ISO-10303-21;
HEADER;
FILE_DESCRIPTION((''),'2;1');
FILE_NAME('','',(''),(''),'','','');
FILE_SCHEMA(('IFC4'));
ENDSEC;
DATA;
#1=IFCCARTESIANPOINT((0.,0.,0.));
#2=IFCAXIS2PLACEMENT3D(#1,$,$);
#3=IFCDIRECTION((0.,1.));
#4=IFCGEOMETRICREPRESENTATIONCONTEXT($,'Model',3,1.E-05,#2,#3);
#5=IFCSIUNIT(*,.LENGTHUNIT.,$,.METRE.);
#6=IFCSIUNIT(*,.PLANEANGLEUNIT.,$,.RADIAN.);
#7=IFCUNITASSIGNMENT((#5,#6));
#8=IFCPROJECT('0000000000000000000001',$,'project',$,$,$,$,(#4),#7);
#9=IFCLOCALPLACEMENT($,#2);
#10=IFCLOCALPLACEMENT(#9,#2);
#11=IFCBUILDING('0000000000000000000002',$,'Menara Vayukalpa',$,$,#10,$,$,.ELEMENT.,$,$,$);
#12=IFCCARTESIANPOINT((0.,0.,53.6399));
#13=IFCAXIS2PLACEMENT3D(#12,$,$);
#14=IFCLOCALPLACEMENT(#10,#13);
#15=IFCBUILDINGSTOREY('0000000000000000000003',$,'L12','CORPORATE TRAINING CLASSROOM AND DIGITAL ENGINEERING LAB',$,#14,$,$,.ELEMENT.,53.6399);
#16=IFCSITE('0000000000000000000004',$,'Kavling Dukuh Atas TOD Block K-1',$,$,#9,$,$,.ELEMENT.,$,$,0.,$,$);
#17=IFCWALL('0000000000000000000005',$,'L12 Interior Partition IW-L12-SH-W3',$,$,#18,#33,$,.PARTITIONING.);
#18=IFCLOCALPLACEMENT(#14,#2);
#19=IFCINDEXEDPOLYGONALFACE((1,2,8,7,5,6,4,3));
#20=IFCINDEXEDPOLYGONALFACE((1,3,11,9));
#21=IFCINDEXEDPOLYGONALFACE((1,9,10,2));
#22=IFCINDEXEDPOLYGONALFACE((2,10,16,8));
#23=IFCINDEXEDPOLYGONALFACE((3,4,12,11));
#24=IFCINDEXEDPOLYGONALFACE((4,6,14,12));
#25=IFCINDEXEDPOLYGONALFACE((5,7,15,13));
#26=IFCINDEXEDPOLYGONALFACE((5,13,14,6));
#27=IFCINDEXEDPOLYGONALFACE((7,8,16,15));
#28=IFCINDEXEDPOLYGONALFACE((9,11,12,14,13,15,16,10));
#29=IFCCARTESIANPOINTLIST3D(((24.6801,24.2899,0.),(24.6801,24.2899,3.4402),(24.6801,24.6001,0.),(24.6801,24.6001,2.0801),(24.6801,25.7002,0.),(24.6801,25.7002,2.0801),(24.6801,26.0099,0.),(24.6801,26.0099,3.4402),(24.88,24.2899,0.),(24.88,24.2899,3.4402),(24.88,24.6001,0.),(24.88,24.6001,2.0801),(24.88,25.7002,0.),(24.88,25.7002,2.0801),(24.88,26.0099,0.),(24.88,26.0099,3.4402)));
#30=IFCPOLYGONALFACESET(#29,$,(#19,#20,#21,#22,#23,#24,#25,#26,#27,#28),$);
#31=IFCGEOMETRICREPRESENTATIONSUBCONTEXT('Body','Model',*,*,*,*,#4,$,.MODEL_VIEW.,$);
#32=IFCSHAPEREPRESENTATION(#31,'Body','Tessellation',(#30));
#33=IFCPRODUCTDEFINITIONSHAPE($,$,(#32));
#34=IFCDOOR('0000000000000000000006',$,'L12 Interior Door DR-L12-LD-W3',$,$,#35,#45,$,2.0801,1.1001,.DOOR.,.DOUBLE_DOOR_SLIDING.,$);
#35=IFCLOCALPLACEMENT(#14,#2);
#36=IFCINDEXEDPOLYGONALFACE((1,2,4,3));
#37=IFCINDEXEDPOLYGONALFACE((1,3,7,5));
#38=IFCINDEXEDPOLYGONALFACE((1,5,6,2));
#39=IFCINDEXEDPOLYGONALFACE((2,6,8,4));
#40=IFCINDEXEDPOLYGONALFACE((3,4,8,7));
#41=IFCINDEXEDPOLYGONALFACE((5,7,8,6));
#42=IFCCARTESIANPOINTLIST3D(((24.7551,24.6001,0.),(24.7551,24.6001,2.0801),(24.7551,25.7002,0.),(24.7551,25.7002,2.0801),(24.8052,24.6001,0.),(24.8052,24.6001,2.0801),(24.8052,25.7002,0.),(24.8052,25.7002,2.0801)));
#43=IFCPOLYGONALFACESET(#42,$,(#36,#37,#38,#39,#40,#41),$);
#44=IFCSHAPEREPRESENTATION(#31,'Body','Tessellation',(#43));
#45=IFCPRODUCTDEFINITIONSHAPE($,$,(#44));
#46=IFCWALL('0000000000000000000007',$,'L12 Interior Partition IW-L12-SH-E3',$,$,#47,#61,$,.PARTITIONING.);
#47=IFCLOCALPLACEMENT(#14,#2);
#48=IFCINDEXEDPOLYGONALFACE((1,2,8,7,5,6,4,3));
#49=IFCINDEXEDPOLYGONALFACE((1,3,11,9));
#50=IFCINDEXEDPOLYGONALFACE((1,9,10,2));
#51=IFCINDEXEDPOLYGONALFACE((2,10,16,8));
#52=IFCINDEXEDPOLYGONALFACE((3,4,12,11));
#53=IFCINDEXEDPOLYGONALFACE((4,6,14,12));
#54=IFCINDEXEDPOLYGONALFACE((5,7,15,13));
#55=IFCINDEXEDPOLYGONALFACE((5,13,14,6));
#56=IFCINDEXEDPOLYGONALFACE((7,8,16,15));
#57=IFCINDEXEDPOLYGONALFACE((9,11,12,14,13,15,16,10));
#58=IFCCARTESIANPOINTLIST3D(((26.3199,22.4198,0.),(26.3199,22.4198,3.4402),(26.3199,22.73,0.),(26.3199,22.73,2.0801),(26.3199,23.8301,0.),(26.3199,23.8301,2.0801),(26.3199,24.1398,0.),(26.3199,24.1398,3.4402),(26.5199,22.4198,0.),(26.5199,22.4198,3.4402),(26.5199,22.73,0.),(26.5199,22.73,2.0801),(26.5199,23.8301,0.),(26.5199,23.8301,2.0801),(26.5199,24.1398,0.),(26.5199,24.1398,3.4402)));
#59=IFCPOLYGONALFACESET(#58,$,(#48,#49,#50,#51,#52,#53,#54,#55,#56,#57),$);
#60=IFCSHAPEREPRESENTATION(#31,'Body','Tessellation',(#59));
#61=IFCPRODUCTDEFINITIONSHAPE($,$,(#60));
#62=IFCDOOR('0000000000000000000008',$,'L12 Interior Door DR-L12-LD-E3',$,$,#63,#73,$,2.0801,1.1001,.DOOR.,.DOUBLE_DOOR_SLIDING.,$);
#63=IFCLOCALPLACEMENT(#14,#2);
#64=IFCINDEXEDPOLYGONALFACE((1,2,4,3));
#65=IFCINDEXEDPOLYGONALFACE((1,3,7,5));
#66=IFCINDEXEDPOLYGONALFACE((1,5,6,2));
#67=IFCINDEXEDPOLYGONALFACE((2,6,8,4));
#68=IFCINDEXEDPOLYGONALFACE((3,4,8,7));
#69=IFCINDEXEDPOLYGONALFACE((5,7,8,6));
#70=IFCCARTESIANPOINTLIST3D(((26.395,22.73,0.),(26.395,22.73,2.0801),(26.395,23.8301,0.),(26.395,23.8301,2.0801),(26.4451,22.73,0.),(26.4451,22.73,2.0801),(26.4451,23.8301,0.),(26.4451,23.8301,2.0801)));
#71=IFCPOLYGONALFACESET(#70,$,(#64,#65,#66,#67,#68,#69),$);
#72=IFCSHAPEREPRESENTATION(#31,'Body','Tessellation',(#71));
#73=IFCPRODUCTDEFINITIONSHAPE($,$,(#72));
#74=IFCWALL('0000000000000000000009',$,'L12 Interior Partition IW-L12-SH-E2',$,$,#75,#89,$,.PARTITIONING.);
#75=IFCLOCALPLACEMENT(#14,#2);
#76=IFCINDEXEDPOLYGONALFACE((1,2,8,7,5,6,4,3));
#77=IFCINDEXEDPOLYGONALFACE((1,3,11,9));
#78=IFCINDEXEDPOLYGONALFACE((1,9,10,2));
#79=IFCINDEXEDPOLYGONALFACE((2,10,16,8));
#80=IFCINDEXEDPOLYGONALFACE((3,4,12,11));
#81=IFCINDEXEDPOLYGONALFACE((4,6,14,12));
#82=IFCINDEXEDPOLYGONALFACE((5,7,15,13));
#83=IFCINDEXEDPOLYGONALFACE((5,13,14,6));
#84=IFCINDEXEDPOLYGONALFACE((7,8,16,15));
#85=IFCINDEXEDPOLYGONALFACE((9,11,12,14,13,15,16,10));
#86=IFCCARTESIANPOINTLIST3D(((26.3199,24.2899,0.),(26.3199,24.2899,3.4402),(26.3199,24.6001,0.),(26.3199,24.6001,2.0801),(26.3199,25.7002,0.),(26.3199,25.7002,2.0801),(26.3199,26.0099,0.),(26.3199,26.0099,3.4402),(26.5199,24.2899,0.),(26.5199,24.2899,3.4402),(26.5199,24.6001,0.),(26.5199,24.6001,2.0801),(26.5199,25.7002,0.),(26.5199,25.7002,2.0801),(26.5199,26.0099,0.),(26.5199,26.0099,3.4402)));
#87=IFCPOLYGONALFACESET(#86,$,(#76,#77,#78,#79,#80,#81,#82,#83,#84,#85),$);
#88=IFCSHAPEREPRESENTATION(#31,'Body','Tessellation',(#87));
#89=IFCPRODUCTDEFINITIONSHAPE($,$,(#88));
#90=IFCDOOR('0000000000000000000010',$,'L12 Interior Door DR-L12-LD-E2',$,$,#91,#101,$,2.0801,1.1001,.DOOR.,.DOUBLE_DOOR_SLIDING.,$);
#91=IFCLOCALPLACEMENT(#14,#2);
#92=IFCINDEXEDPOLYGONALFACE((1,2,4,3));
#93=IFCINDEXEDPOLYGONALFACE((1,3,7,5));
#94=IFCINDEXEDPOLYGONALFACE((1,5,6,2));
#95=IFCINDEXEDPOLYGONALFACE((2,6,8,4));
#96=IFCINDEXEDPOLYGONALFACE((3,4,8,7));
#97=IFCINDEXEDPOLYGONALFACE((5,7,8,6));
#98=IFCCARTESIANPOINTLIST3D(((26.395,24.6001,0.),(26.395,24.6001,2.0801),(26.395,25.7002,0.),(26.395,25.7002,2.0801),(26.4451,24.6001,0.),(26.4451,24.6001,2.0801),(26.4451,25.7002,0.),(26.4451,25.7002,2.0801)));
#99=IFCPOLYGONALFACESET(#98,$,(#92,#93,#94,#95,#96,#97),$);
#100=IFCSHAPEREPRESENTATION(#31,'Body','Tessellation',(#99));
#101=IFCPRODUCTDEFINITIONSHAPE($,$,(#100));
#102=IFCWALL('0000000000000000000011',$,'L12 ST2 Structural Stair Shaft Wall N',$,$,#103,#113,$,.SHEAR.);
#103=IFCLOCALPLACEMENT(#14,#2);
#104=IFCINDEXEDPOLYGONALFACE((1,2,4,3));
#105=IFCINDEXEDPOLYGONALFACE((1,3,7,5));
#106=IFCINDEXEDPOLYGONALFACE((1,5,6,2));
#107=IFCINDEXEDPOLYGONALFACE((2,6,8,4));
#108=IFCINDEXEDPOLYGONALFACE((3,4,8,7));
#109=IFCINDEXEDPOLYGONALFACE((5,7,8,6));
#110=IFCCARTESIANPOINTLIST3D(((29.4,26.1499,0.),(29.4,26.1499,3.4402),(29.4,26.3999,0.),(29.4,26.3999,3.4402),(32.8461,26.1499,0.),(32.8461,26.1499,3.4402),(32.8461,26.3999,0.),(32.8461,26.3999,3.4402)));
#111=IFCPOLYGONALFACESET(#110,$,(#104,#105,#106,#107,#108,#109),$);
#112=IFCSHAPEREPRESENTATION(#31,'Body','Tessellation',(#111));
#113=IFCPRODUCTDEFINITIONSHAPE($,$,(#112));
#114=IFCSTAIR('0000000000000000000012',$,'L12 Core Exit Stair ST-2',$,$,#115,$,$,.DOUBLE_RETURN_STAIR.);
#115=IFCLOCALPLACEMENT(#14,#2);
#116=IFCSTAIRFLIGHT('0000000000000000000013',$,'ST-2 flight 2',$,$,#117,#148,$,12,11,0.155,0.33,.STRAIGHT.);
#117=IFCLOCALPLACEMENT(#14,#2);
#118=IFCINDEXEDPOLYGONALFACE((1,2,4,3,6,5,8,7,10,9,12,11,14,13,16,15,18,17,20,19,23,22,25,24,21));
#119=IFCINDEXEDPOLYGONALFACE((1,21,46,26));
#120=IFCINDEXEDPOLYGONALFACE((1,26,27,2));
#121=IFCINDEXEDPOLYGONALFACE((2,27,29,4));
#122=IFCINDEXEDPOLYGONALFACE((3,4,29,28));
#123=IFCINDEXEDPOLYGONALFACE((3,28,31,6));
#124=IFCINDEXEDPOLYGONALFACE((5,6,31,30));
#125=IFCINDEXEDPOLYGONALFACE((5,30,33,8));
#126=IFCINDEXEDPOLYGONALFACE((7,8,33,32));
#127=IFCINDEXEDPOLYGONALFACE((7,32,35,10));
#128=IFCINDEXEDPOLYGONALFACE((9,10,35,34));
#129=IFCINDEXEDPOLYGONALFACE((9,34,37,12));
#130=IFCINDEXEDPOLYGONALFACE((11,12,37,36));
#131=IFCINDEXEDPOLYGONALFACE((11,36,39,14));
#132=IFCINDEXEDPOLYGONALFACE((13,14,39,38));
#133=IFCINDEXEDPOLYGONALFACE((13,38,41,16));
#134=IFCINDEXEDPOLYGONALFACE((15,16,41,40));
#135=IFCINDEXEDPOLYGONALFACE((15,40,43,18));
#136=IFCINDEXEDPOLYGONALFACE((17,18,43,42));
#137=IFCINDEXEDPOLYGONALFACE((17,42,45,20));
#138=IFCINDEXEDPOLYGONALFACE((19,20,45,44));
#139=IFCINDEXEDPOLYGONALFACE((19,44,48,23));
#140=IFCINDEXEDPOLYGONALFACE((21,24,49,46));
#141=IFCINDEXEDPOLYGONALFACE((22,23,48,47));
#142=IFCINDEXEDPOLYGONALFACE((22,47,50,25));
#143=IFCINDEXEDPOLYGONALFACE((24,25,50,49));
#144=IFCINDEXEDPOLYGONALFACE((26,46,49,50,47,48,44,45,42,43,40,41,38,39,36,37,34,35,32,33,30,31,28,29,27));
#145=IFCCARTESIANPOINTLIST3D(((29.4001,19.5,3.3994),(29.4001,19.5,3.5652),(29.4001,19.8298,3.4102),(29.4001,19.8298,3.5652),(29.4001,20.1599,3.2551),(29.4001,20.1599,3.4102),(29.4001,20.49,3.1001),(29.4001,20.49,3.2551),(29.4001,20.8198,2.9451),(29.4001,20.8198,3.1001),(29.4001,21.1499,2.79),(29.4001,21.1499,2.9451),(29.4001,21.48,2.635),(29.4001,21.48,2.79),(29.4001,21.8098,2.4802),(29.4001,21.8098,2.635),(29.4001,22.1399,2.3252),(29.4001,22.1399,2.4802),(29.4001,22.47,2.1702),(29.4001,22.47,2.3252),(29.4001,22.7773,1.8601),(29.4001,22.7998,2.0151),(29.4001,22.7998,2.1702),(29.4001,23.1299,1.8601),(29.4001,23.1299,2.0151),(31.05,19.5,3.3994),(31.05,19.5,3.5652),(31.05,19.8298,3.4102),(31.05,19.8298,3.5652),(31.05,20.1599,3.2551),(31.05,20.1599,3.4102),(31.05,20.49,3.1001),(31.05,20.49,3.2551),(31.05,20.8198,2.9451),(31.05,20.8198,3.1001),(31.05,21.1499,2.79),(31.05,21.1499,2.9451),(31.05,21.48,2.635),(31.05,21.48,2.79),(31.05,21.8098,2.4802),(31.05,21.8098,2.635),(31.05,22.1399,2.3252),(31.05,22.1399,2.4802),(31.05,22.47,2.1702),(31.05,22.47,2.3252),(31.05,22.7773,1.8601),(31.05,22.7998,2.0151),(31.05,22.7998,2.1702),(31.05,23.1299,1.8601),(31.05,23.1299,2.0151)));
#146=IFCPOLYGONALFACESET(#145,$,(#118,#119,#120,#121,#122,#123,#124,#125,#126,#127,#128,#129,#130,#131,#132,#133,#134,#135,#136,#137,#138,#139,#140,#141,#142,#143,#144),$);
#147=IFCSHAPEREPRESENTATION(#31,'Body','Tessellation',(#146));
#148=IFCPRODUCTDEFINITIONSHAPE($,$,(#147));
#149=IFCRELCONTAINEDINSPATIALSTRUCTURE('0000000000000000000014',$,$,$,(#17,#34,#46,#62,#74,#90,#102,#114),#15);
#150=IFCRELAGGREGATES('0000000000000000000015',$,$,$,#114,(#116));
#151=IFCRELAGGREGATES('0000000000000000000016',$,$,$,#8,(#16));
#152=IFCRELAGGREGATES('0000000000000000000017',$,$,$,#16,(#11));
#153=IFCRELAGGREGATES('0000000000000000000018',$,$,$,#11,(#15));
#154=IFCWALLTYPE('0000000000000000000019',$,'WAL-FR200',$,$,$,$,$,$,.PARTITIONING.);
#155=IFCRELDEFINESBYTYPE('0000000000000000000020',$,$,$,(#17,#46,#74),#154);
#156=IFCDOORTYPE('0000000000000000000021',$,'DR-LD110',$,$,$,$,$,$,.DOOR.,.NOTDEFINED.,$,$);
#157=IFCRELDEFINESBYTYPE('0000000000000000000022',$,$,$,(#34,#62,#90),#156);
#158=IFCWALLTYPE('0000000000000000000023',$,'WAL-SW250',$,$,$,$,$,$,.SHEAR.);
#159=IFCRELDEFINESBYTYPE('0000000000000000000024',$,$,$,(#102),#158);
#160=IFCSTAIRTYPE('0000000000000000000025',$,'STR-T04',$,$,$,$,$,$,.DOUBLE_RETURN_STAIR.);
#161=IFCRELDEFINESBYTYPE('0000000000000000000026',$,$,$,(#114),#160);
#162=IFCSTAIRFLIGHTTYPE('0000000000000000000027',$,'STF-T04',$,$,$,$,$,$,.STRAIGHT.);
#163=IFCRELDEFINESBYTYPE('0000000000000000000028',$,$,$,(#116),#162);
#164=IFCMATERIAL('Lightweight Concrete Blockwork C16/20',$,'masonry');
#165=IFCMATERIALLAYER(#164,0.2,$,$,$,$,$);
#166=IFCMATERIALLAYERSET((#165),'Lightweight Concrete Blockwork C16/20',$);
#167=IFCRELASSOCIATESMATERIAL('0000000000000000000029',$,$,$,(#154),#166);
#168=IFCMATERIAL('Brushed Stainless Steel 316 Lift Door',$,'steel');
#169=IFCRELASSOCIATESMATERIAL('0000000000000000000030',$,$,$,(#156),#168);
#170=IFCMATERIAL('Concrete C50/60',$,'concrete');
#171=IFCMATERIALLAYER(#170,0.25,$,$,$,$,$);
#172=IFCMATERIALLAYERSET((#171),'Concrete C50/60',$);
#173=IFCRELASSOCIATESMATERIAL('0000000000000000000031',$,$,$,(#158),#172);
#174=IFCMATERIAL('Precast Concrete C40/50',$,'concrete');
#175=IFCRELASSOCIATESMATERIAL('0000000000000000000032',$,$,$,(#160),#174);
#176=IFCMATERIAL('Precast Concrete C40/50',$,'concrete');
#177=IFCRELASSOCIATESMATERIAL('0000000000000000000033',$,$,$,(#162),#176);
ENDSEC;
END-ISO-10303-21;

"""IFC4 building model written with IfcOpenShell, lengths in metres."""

from ifc_helpers import new_model, si_unit, direction, frame, frame_2d, origin, place, context, subcontext, project, spatial, polyline, rectangle, outline, extrude, material, layer, layer_set, type_object, element, fill, aggregate, save


model = new_model("IFC4")

# Units and contexts
model_context = context("Model", 3, precision=1e-05, world=origin(), true_north=direction((0.0, 1.0)))
body_context = subcontext(model_context, "Body", "Model", "MODEL_VIEW")
ifc_project = project(units=[si_unit("LENGTHUNIT", "METRE"), si_unit("PLANEANGLEUNIT", "RADIAN")], contexts=[model_context])

# Site, building, storey
site_placement = place(None, origin())
site = spatial("IfcSite", under=ifc_project, at=site_placement, Name="Kavling Dukuh Atas TOD Block K-1", CompositionType="ELEMENT", RefElevation=0.0)
building_placement = place(site_placement, origin())
building = spatial("IfcBuilding", under=site, at=building_placement, Name="Menara Vayukalpa", CompositionType="ELEMENT")
storey_placement = place(building_placement, frame((0.0, 0.0, 53.6399)))
storey = spatial("IfcBuildingStorey", under=building, at=storey_placement, Name="L12", Description="CORPORATE TRAINING CLASSROOM AND DIGITAL ENGINEERING LAB", CompositionType="ELEMENT", Elevation=53.6399)

# Walls, openings, doors
ifc_material_1 = material(Name="Lightweight Concrete Blockwork C16/20", Category="masonry")
ifc_layer_1 = layer(ifc_material_1, 0.2)
ifc_layer_set_1 = layer_set([ifc_layer_1], Name="Lightweight Concrete Blockwork C16/20")
wall_type_1 = type_object("IfcWallType", Name="WAL-FR200", PredefinedType="PARTITIONING", material=ifc_layer_set_1)
ifc_material_2 = material(Name="Brushed Stainless Steel 316 Lift Door", Category="steel")
door_type = type_object("IfcDoorType", Name="DR-LD110", OperationType="NOTDEFINED", PredefinedType="DOOR", material=ifc_material_2)
wall_1_placement = place(storey_placement, frame((24.78, 24.29, 0.0), z_axis=(0.0, 0.0, 1.0), x_axis=(0.0, 1.0, 0.0)))
wall_1 = element("IfcWall", 1, at=wall_1_placement, inside=storey, type_object=wall_type_1, Name="L12 Interior Partition IW-L12-SH-W3", PredefinedType="PARTITIONING", context=body_context, shape_type="SweptSolid", body=[
    extrude(rectangle(XDim=1.72, YDim=0.2, at=frame_2d((0.8599, 0.0))), origin(), (0.0, 0.0, 1.0), 3.4402),
])
opening_1_placement = place(wall_1_placement, frame((0.3101, 0.0, 0.0)))
opening_1 = element("IfcOpeningElement", 2, at=opening_1_placement, cuts=wall_1, PredefinedType="OPENING", context=body_context, shape_type="SweptSolid", body=[
    extrude(rectangle(XDim=1.1001, YDim=2.0801, at=frame_2d((0.55, 1.04))), frame((0.0, 0.1099, 0.0), z_axis=(0.0, -1.0, 0.0), x_axis=(1.0, 0.0, 0.0)), (0.0, 0.0, 1.0), 0.22),
])
door_1_placement = place(opening_1_placement, origin())
door_1 = element("IfcDoor", 3, at=door_1_placement, inside=storey, type_object=door_type, Name="L12 Interior Door DR-L12-LD-W3", OperationType="DOUBLE_DOOR_SLIDING", OverallHeight=2.0801, OverallWidth=1.1001, PredefinedType="DOOR", context=body_context, shape_type="SweptSolid", body=[
    extrude(rectangle(XDim=1.1001, YDim=2.0801, at=frame_2d((0.55, 1.04))), frame((0.0, 0.0249, 0.0), z_axis=(0.0, -1.0, 0.0), x_axis=(1.0, 0.0, 0.0)), (0.0, 0.0, 1.0), 0.05),
])
fill(opening_1, door_1)
wall_2_placement = place(storey_placement, frame((26.4199, 22.4199, 0.0), z_axis=(0.0, 0.0, 1.0), x_axis=(0.0, 1.0, 0.0)))
wall_2 = element("IfcWall", 4, at=wall_2_placement, inside=storey, type_object=wall_type_1, Name="L12 Interior Partition IW-L12-SH-E3", PredefinedType="PARTITIONING", context=body_context, shape_type="SweptSolid", body=[
    extrude(rectangle(XDim=1.72, YDim=0.2, at=frame_2d((0.8599, 0.0))), origin(), (0.0, 0.0, 1.0), 3.4402),
])
opening_2_placement = place(wall_2_placement, frame((0.3101, 0.0, 0.0)))
opening_2 = element("IfcOpeningElement", 5, at=opening_2_placement, cuts=wall_2, PredefinedType="OPENING", context=body_context, shape_type="SweptSolid", body=[
    extrude(rectangle(XDim=1.1001, YDim=2.0801, at=frame_2d((0.55, 1.04))), frame((0.0, 0.1099, 0.0), z_axis=(0.0, -1.0, 0.0), x_axis=(1.0, 0.0, 0.0)), (0.0, 0.0, 1.0), 0.22),
])
door_2_placement = place(opening_2_placement, origin())
door_2 = element("IfcDoor", 6, at=door_2_placement, inside=storey, type_object=door_type, Name="L12 Interior Door DR-L12-LD-E3", OperationType="DOUBLE_DOOR_SLIDING", OverallHeight=2.0801, OverallWidth=1.1001, PredefinedType="DOOR", context=body_context, shape_type="SweptSolid", body=[
    extrude(rectangle(XDim=1.1001, YDim=2.0801, at=frame_2d((0.55, 1.04))), frame((0.0, 0.0249, 0.0), z_axis=(0.0, -1.0, 0.0), x_axis=(1.0, 0.0, 0.0)), (0.0, 0.0, 1.0), 0.05),
])
fill(opening_2, door_2)
wall_3_placement = place(storey_placement, frame((26.4199, 24.29, 0.0), z_axis=(0.0, 0.0, 1.0), x_axis=(0.0, 1.0, 0.0)))
wall_3 = element("IfcWall", 7, at=wall_3_placement, inside=storey, type_object=wall_type_1, Name="L12 Interior Partition IW-L12-SH-E2", PredefinedType="PARTITIONING", context=body_context, shape_type="SweptSolid", body=[
    extrude(rectangle(XDim=1.72, YDim=0.2, at=frame_2d((0.8599, 0.0))), origin(), (0.0, 0.0, 1.0), 3.4402),
])
opening_3_placement = place(wall_3_placement, frame((0.3101, 0.0, 0.0)))
opening_3 = element("IfcOpeningElement", 8, at=opening_3_placement, cuts=wall_3, PredefinedType="OPENING", context=body_context, shape_type="SweptSolid", body=[
    extrude(rectangle(XDim=1.1001, YDim=2.0801, at=frame_2d((0.55, 1.04))), frame((0.0, 0.1099, 0.0), z_axis=(0.0, -1.0, 0.0), x_axis=(1.0, 0.0, 0.0)), (0.0, 0.0, 1.0), 0.22),
])
door_3_placement = place(opening_3_placement, origin())
door_3 = element("IfcDoor", 9, at=door_3_placement, inside=storey, type_object=door_type, Name="L12 Interior Door DR-L12-LD-E2", OperationType="DOUBLE_DOOR_SLIDING", OverallHeight=2.0801, OverallWidth=1.1001, PredefinedType="DOOR", context=body_context, shape_type="SweptSolid", body=[
    extrude(rectangle(XDim=1.1001, YDim=2.0801, at=frame_2d((0.55, 1.04))), frame((0.0, 0.0249, 0.0), z_axis=(0.0, -1.0, 0.0), x_axis=(1.0, 0.0, 0.0)), (0.0, 0.0, 1.0), 0.05),
])
fill(opening_3, door_3)

# Wall
ifc_material_3 = material(Name="Concrete C50/60", Category="concrete")
ifc_layer_2 = layer(ifc_material_3, 0.25)
ifc_layer_set_2 = layer_set([ifc_layer_2], Name="Concrete C50/60")
wall_type_2 = type_object("IfcWallType", Name="WAL-SW250", PredefinedType="SHEAR", material=ifc_layer_set_2)
wall_4_placement = place(storey_placement, frame((29.3999, 26.2749, 0.0), z_axis=(0.0, 0.0, 1.0), x_axis=(1.0, 0.0, 0.0)))
element("IfcWall", 10, at=wall_4_placement, inside=storey, type_object=wall_type_2, Name="L12 ST2 Structural Stair Shaft Wall N", PredefinedType="SHEAR", context=body_context, shape_type="SweptSolid", body=[
    extrude(rectangle(XDim=3.446, YDim=0.25, at=frame_2d((1.7231, 0.0))), origin(), (0.0, 0.0, 1.0), 3.4402),
])

# Stair, stair flight
ifc_material_4 = material(Name="Precast Concrete C40/50", Category="concrete")
stair_type = type_object("IfcStairType", Name="STR-T04", PredefinedType="DOUBLE_RETURN_STAIR", material=ifc_material_4)
stair_placement = place(storey_placement, origin())
stair = element("IfcStair", 11, at=stair_placement, inside=storey, type_object=stair_type, Name="L12 Core Exit Stair ST-2", PredefinedType="DOUBLE_RETURN_STAIR")
ifc_material_5 = material(Name="Precast Concrete C40/50", Category="concrete")
stair_flight_type = type_object("IfcStairFlightType", Name="STF-T04", PredefinedType="STRAIGHT", material=ifc_material_5)
stair_flight_placement = place(storey_placement, frame((30.2251, 23.1299, 1.8601), z_axis=(0.0, 0.0, 1.0), x_axis=(0.0, -1.0, 0.0)))
stair_flight = element("IfcStairFlight", 12, at=stair_flight_placement, type_object=stair_flight_type, Name="ST-2 flight 2", NumberOfRisers=12, NumberOfTreads=11, PredefinedType="STRAIGHT", RiserHeight=0.155, TreadLength=0.33, context=body_context, shape_type="SweptSolid", body=[
    extrude(outline(polyline([(0.0, 0.0), (0.0, 0.155), (0.3301, 0.155), (0.3301, 0.3101), (0.6599, 0.3101), (0.6599, 0.4651), (0.99, 0.4651), (0.99, 0.6201), (1.3201, 0.6201), (1.3201, 0.7749), (1.6499, 0.7749), (1.6499, 0.9299), (1.98, 0.9299), (1.98, 1.085), (2.3101, 1.085), (2.3101, 1.24), (2.6399, 1.24), (2.6399, 1.395), (2.97, 1.395), (2.97, 1.55), (3.3, 1.55), (3.3, 1.7051), (3.6299, 1.7051), (3.6299, 1.8601), (3.6299, 1.5393), (0.3525, 0.0), (0.0, 0.0)])), frame((0.0, 0.825, 0.0), z_axis=(0.0, -1.0, 0.0), x_axis=(1.0, 0.0, 0.0)), (0.0, 0.0, 1.0), 1.6499),
])
aggregate(stair, [stair_flight])

save(model, "model.ifc")
